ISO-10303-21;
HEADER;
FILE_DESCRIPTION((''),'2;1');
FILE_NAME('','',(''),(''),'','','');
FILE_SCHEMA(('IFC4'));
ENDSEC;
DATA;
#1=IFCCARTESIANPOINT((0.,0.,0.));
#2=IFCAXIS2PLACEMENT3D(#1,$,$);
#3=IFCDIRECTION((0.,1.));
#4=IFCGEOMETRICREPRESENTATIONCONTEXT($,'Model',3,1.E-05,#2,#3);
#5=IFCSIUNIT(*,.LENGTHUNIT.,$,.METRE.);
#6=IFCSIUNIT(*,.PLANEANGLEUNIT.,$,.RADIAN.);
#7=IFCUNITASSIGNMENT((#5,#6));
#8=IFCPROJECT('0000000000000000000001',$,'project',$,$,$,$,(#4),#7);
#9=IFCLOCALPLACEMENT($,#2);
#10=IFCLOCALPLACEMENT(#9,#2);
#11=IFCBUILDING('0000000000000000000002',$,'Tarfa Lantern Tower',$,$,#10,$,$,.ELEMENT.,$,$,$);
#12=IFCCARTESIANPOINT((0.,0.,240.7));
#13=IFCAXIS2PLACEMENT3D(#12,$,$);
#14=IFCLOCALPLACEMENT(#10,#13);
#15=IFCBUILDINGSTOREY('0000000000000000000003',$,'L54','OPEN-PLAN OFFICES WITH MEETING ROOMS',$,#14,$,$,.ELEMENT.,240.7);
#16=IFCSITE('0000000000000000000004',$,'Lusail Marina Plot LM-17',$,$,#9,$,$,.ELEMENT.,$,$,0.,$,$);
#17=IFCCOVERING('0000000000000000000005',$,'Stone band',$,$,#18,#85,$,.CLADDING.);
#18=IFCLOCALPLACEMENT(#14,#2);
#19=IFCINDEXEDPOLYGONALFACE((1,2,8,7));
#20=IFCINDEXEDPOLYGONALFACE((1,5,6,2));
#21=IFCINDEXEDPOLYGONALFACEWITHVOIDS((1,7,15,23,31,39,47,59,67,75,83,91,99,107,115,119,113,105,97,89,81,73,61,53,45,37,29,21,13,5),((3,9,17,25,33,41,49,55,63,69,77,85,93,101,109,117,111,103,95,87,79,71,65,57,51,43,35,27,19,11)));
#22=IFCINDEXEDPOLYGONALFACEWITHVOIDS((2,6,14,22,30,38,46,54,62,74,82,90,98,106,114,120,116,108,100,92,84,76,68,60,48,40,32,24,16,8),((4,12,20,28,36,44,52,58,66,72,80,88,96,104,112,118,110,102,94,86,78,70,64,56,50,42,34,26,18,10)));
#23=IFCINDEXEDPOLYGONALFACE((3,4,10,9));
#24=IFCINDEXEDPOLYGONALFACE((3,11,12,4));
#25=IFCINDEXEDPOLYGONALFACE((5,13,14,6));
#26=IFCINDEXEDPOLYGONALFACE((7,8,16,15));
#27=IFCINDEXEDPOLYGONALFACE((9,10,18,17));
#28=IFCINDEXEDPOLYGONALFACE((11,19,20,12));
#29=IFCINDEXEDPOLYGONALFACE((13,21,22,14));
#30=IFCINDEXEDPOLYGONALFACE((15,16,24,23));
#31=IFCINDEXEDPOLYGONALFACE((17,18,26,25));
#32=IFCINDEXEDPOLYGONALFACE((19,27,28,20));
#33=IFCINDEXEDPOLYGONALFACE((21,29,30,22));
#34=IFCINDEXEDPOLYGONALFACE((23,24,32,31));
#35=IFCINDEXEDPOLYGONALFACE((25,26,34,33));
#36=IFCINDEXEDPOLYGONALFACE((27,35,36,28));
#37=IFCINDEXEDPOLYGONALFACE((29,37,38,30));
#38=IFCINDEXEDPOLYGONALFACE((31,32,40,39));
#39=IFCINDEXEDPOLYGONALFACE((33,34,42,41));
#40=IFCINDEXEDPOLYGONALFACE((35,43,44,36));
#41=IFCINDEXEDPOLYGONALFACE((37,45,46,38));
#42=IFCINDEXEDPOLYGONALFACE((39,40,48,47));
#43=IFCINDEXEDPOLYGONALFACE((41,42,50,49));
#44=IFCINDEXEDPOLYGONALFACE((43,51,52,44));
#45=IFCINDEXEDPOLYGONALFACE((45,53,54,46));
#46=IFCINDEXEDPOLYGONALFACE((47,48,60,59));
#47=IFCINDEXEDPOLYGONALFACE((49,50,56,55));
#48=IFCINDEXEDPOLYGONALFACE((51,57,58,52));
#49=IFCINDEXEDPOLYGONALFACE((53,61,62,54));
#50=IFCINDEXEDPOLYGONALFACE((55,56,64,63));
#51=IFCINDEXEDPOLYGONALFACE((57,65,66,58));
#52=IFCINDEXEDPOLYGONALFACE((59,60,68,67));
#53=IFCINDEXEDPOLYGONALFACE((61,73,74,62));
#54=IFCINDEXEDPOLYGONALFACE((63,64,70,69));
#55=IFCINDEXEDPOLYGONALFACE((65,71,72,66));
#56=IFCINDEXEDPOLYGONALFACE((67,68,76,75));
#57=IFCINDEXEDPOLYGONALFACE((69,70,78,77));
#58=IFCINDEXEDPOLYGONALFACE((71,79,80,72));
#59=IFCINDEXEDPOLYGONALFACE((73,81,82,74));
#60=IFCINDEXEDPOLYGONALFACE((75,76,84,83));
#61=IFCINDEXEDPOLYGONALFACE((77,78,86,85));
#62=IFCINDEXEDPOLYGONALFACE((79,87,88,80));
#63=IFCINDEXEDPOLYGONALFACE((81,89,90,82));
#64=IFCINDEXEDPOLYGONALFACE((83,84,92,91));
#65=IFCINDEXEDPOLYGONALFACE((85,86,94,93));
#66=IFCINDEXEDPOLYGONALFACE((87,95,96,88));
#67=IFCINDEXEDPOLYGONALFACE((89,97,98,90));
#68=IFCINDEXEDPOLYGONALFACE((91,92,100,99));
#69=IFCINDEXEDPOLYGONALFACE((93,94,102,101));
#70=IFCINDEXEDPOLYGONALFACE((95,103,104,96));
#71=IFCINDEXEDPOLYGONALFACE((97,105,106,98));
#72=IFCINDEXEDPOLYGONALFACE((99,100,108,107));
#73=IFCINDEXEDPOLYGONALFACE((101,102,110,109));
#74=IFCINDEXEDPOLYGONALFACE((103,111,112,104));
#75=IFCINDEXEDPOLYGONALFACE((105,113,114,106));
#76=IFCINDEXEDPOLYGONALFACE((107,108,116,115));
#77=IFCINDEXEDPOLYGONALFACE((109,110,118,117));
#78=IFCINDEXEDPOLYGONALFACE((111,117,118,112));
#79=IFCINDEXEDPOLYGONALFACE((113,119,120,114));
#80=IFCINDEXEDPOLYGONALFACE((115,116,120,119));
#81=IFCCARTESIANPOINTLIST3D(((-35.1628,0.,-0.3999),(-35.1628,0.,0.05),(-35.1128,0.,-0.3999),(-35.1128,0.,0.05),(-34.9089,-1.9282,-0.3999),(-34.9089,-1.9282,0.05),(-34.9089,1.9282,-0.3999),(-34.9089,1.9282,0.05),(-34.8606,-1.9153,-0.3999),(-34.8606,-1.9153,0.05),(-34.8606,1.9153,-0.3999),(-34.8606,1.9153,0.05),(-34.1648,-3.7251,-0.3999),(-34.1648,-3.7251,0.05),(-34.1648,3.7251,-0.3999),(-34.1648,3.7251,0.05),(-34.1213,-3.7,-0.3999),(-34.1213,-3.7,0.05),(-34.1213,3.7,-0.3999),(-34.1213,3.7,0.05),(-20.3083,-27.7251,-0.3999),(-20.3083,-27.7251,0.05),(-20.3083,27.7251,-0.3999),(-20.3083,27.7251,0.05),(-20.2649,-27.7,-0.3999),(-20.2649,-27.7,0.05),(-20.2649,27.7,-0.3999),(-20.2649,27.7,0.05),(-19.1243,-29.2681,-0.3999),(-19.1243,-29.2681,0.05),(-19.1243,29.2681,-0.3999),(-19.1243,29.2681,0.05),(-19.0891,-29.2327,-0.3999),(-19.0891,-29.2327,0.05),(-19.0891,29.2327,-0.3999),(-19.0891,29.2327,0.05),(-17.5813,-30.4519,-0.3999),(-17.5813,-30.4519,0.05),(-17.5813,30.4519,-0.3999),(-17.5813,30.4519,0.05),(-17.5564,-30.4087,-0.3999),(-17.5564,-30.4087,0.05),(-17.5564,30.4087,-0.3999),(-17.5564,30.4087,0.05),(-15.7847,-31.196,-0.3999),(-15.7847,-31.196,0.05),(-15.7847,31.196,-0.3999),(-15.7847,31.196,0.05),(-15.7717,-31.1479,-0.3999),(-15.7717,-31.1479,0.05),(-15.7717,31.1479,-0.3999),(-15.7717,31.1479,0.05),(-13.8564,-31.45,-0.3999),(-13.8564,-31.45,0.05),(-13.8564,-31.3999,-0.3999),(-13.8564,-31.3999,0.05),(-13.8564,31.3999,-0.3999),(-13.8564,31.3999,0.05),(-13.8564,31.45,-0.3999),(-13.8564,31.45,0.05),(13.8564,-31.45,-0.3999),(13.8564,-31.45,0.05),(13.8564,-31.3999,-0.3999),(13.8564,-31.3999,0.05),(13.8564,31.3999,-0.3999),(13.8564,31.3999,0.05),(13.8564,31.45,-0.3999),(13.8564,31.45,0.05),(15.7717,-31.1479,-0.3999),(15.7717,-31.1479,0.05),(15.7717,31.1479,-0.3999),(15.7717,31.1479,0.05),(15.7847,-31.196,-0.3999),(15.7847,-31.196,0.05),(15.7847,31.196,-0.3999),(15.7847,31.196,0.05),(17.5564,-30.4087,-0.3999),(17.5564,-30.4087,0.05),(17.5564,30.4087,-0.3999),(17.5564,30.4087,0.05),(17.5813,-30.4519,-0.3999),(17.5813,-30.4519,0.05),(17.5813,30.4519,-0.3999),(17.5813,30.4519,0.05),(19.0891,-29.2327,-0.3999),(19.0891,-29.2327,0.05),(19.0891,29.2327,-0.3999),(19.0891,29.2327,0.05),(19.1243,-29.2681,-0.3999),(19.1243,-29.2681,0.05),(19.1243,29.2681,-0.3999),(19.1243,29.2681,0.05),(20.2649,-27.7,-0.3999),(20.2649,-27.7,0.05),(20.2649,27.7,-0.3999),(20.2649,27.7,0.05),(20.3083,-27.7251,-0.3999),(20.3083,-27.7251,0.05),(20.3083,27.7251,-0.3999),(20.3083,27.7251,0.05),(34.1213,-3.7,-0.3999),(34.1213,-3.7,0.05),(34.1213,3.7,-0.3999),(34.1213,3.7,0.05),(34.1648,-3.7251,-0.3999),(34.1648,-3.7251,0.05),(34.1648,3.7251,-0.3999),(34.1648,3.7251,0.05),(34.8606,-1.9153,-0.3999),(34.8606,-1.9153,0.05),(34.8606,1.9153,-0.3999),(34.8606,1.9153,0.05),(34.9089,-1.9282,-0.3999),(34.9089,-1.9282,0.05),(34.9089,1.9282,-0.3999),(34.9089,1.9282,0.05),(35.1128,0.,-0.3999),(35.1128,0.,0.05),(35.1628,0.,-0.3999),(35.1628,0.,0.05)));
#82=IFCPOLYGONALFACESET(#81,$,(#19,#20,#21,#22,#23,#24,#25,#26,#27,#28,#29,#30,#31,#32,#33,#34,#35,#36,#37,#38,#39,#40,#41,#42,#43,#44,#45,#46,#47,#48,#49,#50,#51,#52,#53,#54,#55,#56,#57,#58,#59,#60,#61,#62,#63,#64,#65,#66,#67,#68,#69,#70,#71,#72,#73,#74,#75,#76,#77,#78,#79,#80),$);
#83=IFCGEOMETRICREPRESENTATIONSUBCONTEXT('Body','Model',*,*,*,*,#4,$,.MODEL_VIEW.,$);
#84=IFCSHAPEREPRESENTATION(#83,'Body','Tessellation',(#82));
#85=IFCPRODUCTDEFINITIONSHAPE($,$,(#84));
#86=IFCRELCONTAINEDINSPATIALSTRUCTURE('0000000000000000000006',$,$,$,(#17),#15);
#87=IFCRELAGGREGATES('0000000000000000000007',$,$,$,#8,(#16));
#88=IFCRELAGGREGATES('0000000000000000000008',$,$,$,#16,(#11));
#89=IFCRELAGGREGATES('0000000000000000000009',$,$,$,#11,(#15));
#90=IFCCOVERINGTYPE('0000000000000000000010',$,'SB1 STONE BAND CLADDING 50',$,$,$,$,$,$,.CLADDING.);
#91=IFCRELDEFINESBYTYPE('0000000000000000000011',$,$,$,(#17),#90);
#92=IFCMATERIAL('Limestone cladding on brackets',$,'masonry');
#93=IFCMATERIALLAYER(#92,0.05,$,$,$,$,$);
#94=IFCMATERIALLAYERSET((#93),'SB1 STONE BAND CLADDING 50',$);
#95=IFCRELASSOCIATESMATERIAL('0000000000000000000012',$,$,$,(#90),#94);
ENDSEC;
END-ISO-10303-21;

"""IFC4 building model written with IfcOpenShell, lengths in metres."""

from ifc_helpers import new_model, si_unit, direction, frame, origin, place, context, subcontext, project, spatial, polyline, outline, extrude, material, layer, layer_set, type_object, element, save


model = new_model("IFC4")

# Units and contexts
model_context = context("Model", 3, precision=1e-05, world=origin(), true_north=direction((0.0, 1.0)))
body_context = subcontext(model_context, "Body", "Model", "MODEL_VIEW")
ifc_project = project(units=[si_unit("LENGTHUNIT", "METRE"), si_unit("PLANEANGLEUNIT", "RADIAN")], contexts=[model_context])

# Site, building, storey
site_placement = place(None, origin())
site = spatial("IfcSite", under=ifc_project, at=site_placement, Name="Lusail Marina Plot LM-17", CompositionType="ELEMENT", RefElevation=0.0)
building_placement = place(site_placement, origin())
building = spatial("IfcBuilding", under=site, at=building_placement, Name="Tarfa Lantern Tower", CompositionType="ELEMENT")
storey_placement = place(building_placement, frame((0.0, 0.0, 240.7)))
storey = spatial("IfcBuildingStorey", under=building, at=storey_placement, Name="L54", Description="OPEN-PLAN OFFICES WITH MEETING ROOMS", CompositionType="ELEMENT", Elevation=240.7)

# Covering
ifc_material_1 = material(Name="Limestone cladding on brackets", Category="masonry")
ifc_layer_1 = layer(ifc_material_1, 0.05)
ifc_layer_set_1 = layer_set([ifc_layer_1], Name="SB1 STONE BAND CLADDING 50")
covering_type_1 = type_object("IfcCoveringType", Name="SB1 STONE BAND CLADDING 50", PredefinedType="CLADDING", material=ifc_layer_set_1)
covering_1_placement = place(storey_placement, frame((0.0, 0.0, -0.3999)))
element("IfcCovering", 1, at=covering_1_placement, inside=storey, type_object=covering_type_1, Name="Stone band", PredefinedType="CLADDING", context=body_context, shape_type="SweptSolid", body=[
    extrude(outline(polyline([(34.1648, 3.7251), (20.3083, 27.7251), (19.1243, 29.2681), (17.5813, 30.4519), (15.7847, 31.196), (13.8564, 31.45), (-13.8564, 31.45), (-15.7847, 31.196), (-17.5813, 30.4519), (-19.1243, 29.2681), (-20.3083, 27.7251), (-34.1648, 3.7251), (-34.9089, 1.9282), (-35.1628, 0.0), (-34.9089, -1.9282), (-34.1648, -3.7251), (-20.3083, -27.7251), (-19.1243, -29.2681), (-17.5813, -30.4519), (-15.7847, -31.196), (-13.8564, -31.45), (13.8564, -31.45), (15.7847, -31.196), (17.5813, -30.4519), (19.1243, -29.2681), (20.3083, -27.7251), (34.1648, -3.7251), (34.9089, -1.9282), (35.1628, 0.0), (34.9089, 1.9282), (34.1648, 3.7251)]), holes=[polyline([(34.1213, 3.7), (20.2649, 27.7), (19.0891, 29.2327), (17.5564, 30.4087), (15.7717, 31.1479), (13.8564, 31.3999), (-13.8564, 31.3999), (-15.7717, 31.1479), (-17.5564, 30.4087), (-19.0891, 29.2327), (-20.2649, 27.7), (-34.1213, 3.7), (-34.8606, 1.9153), (-35.1128, 0.0), (-34.8606, -1.9153), (-34.1213, -3.7), (-20.2649, -27.7), (-19.0891, -29.2327), (-17.5564, -30.4087), (-15.7717, -31.1479), (-13.8564, -31.3999), (13.8564, -31.3999), (15.7717, -31.1479), (17.5564, -30.4087), (19.0891, -29.2327), (20.2649, -27.7), (34.1213, -3.7), (34.8606, -1.9153), (35.1128, 0.0), (34.8606, 1.9153), (34.1213, 3.7)])]), origin(), (0.0, 0.0, 1.0), 0.45),
])

save(model, "model.ifc")
